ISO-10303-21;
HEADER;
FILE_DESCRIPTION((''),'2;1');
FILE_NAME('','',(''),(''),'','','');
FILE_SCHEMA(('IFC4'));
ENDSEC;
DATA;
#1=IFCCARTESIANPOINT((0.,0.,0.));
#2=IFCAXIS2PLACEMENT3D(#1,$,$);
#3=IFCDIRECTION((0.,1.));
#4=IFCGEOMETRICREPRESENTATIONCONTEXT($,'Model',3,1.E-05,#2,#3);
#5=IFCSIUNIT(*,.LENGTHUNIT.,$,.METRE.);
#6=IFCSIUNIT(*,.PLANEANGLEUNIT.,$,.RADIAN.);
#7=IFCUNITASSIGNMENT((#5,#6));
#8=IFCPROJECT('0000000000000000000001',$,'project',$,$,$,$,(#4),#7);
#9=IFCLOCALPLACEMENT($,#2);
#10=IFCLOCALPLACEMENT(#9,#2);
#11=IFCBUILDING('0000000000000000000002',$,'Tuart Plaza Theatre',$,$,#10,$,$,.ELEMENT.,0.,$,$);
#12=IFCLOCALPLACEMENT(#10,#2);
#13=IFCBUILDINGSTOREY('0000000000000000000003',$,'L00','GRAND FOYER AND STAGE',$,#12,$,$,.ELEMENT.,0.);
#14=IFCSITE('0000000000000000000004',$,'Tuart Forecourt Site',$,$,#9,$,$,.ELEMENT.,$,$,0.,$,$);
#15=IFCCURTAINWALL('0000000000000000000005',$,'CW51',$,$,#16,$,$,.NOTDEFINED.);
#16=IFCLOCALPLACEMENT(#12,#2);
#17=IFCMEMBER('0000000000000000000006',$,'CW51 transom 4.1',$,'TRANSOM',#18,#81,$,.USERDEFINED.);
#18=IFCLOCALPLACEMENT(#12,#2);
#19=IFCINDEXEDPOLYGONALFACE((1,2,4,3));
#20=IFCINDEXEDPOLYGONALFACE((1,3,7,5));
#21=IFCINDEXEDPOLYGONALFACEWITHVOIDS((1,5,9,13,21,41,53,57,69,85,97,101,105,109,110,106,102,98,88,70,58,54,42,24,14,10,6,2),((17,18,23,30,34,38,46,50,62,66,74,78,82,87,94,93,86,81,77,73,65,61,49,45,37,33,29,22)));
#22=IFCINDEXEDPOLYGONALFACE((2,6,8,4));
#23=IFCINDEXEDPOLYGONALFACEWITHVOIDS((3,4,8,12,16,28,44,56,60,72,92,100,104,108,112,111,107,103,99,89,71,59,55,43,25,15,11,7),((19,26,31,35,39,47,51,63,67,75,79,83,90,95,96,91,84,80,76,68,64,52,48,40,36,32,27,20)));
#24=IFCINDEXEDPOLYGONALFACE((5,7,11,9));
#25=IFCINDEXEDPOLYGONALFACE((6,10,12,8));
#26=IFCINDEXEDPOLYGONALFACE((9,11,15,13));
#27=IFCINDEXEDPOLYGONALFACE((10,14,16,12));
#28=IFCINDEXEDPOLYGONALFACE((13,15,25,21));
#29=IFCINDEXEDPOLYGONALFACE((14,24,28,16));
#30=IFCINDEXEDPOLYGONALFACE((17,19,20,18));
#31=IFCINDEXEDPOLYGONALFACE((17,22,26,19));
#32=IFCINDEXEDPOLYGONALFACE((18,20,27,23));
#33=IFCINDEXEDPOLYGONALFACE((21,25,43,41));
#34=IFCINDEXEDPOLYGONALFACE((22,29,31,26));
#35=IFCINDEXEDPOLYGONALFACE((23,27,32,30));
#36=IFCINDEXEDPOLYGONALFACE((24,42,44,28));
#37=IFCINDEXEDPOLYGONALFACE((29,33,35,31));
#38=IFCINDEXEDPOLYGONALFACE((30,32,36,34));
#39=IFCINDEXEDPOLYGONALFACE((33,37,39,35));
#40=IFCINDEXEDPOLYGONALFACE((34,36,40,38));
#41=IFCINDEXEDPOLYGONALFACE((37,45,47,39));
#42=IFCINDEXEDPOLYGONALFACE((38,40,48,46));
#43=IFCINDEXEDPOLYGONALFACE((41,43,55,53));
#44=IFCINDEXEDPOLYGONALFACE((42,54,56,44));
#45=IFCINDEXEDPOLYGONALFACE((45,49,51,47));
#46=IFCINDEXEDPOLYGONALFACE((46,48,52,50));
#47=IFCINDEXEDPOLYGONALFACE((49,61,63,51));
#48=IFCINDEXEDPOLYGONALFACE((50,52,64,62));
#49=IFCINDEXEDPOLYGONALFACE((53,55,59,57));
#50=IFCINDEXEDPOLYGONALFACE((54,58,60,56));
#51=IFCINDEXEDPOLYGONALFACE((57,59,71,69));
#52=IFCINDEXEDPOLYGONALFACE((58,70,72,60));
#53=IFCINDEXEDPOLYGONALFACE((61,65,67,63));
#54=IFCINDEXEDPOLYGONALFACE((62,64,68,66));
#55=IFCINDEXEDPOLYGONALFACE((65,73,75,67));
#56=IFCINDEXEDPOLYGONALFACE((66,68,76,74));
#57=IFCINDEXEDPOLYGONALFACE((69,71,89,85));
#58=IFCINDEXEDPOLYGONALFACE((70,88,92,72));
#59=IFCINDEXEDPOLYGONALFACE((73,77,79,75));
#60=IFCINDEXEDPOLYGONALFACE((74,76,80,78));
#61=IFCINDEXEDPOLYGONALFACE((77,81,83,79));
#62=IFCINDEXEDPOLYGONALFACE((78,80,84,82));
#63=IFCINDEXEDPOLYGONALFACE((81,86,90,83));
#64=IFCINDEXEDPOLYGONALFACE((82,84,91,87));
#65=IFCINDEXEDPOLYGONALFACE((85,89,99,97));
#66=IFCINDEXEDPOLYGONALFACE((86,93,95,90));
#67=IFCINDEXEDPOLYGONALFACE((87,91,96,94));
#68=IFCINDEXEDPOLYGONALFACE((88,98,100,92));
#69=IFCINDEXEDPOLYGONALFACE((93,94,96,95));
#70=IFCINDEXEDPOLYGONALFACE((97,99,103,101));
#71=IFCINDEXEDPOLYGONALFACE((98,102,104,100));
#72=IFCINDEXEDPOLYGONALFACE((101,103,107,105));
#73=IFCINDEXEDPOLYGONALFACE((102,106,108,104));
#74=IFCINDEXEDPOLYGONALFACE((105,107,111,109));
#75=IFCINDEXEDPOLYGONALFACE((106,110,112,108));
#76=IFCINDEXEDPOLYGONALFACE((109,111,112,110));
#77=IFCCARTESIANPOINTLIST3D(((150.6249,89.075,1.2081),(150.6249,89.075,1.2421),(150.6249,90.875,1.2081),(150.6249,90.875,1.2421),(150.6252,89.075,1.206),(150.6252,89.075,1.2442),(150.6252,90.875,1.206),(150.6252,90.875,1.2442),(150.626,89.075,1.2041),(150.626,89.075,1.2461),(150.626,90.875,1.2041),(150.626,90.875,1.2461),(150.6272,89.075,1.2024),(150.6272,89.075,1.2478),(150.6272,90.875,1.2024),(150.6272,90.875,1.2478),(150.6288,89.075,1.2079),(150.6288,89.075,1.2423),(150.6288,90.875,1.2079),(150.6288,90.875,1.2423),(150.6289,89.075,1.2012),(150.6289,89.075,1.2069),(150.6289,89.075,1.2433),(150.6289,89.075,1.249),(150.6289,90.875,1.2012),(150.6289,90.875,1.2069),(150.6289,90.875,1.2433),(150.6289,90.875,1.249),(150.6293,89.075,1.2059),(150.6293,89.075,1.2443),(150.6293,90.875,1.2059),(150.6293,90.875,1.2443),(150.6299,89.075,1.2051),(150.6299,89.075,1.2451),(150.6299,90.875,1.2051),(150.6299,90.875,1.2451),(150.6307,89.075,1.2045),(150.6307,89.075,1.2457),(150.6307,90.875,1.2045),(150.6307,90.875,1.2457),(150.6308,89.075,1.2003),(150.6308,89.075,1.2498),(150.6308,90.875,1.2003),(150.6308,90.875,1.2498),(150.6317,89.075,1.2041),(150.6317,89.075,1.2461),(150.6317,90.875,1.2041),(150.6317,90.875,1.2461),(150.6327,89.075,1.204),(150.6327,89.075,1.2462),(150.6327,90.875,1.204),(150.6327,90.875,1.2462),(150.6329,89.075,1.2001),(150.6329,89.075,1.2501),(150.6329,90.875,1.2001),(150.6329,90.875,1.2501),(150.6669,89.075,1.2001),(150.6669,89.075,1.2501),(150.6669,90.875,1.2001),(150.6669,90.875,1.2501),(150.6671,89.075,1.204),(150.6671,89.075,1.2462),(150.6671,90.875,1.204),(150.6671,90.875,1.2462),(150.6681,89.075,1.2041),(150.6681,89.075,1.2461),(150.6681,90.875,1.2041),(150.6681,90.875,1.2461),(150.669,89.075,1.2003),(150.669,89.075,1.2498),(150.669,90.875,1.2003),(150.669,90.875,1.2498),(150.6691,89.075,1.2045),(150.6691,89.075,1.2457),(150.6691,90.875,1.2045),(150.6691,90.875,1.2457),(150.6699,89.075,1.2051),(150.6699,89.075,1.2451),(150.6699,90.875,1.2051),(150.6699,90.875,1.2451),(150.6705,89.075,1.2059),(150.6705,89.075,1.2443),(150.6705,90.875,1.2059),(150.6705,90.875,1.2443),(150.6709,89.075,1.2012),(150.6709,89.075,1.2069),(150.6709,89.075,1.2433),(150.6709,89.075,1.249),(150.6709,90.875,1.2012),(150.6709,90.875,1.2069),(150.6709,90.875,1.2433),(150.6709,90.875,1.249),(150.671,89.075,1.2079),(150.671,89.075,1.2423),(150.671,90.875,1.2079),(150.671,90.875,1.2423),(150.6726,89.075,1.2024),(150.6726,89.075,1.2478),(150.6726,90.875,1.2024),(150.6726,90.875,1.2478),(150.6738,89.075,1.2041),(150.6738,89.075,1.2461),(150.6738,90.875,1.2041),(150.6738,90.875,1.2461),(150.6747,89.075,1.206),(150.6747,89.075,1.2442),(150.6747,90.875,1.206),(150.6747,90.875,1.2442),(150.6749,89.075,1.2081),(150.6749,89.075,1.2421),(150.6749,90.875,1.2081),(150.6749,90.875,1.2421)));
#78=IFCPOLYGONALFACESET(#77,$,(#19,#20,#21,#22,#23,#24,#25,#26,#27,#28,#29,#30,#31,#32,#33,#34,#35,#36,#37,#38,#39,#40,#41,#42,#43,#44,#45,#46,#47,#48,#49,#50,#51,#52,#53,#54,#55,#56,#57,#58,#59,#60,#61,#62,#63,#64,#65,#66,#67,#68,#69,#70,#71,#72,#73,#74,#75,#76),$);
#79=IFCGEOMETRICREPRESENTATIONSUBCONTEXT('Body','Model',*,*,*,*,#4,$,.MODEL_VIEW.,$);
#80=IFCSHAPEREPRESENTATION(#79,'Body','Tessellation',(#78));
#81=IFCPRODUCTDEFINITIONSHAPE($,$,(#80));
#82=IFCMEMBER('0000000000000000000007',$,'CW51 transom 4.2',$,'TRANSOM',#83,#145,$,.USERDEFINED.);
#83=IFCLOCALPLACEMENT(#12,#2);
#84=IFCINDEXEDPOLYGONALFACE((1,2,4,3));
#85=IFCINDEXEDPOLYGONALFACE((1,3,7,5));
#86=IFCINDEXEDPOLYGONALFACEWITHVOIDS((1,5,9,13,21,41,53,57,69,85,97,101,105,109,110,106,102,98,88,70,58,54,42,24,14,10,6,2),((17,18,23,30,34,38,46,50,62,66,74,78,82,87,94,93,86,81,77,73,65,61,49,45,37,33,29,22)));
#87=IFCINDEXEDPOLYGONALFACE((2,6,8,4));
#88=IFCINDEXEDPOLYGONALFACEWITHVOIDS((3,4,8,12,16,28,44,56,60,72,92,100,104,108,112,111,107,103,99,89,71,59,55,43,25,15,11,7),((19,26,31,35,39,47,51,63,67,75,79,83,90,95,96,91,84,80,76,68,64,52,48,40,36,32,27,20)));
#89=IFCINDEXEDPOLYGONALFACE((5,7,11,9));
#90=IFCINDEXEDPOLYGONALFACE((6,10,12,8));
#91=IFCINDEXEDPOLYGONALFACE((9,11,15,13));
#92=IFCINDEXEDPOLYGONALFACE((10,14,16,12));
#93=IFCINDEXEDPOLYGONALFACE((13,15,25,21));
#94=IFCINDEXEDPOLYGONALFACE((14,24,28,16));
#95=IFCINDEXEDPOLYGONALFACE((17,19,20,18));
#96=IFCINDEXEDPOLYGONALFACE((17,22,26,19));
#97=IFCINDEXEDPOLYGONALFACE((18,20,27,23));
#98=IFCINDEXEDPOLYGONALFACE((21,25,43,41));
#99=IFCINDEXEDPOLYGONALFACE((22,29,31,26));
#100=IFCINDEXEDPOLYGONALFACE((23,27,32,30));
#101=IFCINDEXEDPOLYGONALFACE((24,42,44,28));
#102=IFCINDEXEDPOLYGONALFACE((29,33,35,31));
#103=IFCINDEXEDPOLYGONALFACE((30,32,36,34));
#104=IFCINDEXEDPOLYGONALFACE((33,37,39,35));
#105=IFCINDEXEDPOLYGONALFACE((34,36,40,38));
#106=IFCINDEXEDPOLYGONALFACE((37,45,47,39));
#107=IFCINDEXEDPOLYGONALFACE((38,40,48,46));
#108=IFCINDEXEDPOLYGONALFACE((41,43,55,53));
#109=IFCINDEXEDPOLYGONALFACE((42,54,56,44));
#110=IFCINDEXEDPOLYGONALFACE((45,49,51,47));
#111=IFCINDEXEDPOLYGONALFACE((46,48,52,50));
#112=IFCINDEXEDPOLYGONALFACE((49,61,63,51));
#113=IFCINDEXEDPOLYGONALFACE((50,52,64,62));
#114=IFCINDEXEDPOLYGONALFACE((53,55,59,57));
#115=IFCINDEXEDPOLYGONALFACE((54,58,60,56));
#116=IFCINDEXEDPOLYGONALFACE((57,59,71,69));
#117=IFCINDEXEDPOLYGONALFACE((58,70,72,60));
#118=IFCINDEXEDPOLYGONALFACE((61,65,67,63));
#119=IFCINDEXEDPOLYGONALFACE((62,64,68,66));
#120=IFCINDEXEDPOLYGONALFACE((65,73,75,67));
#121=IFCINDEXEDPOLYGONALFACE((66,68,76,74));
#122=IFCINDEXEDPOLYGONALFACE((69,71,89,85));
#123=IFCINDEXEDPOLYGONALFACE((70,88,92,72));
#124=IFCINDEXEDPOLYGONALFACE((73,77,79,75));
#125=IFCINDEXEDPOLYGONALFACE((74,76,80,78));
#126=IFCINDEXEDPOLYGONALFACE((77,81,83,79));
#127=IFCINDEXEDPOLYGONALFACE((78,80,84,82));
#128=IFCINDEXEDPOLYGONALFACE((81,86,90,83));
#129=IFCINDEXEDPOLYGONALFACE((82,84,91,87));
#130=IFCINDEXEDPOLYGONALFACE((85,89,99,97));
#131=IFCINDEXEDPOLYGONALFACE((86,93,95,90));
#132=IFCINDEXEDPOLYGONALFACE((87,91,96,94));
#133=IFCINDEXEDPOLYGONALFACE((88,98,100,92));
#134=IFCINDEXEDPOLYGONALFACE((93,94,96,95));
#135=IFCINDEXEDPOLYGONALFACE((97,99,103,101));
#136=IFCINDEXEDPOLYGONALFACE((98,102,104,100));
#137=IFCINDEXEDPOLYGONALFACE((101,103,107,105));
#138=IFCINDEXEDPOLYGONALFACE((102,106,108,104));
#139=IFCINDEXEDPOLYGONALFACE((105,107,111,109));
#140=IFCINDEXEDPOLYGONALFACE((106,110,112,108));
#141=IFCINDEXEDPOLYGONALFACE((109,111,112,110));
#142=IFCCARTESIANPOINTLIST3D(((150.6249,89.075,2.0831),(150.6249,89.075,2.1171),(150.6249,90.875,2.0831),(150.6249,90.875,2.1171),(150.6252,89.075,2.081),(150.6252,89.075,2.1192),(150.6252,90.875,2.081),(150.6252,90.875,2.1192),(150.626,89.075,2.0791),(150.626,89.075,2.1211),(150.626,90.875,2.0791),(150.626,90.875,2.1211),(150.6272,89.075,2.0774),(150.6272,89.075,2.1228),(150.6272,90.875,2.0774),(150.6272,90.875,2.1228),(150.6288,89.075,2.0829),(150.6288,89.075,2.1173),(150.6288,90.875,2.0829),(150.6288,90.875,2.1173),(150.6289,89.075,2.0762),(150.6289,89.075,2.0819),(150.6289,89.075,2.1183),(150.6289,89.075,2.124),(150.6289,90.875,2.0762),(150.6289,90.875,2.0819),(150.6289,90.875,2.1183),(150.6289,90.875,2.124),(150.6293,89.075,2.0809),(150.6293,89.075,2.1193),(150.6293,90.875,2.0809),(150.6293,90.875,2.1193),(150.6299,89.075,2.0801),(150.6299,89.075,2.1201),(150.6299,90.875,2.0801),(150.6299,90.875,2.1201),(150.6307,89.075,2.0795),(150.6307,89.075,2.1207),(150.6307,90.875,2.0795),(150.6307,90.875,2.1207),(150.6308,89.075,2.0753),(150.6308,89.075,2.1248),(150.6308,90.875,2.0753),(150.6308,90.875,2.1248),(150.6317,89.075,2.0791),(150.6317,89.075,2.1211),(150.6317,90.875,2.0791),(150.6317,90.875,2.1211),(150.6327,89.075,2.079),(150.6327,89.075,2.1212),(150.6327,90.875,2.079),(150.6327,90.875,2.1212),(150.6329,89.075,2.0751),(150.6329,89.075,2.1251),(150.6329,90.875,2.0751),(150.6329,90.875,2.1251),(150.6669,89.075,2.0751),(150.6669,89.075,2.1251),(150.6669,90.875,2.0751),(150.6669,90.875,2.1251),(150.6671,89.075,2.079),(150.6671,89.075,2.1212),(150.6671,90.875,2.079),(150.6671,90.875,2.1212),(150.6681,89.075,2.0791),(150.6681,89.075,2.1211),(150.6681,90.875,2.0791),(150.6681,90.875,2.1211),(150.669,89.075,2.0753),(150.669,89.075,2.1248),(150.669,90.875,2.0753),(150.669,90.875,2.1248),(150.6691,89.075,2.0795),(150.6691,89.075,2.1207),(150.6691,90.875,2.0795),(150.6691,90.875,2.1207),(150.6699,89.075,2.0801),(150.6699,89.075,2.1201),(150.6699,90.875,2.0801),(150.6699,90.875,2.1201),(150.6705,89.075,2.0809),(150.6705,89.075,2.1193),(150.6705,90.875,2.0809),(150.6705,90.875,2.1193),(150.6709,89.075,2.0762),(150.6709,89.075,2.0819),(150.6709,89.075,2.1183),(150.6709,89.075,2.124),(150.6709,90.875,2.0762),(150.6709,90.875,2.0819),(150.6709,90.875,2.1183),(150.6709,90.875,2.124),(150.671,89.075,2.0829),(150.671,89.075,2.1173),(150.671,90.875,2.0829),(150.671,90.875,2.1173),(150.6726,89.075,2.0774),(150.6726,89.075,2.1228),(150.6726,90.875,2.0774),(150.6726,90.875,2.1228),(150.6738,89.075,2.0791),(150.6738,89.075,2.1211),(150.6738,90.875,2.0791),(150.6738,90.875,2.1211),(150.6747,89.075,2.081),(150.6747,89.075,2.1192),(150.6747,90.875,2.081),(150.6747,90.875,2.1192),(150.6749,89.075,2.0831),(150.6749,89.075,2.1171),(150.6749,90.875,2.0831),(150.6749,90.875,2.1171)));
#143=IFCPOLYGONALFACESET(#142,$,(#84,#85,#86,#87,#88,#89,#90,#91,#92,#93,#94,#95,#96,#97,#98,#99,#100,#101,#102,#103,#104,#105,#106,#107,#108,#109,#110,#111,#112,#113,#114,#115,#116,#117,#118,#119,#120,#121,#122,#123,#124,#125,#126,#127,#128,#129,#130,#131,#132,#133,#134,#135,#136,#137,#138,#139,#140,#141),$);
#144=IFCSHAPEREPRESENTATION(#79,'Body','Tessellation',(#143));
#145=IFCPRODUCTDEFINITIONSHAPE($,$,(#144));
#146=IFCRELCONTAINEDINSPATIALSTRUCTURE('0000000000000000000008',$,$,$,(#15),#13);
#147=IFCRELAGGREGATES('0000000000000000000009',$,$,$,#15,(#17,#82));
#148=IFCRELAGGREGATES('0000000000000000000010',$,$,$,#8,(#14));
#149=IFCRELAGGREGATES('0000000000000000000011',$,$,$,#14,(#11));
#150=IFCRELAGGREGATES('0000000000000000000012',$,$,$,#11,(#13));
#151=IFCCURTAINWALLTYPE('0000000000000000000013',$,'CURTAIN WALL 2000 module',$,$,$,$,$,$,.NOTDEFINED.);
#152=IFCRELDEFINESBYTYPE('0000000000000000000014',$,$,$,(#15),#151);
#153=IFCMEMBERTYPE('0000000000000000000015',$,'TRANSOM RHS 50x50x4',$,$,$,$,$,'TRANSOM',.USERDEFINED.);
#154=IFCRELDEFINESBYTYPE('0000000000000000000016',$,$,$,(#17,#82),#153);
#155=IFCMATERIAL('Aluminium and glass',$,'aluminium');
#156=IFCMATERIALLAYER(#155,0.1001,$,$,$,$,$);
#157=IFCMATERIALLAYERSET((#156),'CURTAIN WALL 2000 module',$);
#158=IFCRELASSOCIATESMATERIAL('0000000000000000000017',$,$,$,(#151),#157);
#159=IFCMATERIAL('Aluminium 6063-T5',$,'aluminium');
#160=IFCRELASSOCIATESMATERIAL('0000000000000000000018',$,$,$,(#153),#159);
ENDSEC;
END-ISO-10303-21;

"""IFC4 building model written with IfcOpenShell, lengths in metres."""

from ifc_helpers import new_model, si_unit, direction, frame, origin, origin_2d, place, context, subcontext, project, spatial, hollow_rectangle, extrude, material, layer, layer_set, material_profile, profile_set, type_object, element, aggregate, save


model = new_model("IFC4")

# Units and contexts
model_context = context("Model", 3, precision=1e-05, world=origin(), true_north=direction((0.0, 1.0)))
body_context = subcontext(model_context, "Body", "Model", "MODEL_VIEW")
ifc_project = project(units=[si_unit("LENGTHUNIT", "METRE"), si_unit("PLANEANGLEUNIT", "RADIAN")], contexts=[model_context])

# Site, building, storey
site_placement = place(None, origin())
site = spatial("IfcSite", under=ifc_project, at=site_placement, Name="Tuart Forecourt Site", CompositionType="ELEMENT", RefElevation=0.0)
building_placement = place(site_placement, origin())
building = spatial("IfcBuilding", under=site, at=building_placement, Name="Tuart Plaza Theatre", CompositionType="ELEMENT", ElevationOfRefHeight=0.0)
storey_placement = place(building_placement, origin())
storey = spatial("IfcBuildingStorey", under=building, at=storey_placement, Name="L00", Description="GRAND FOYER AND STAGE", CompositionType="ELEMENT", Elevation=0.0)

# Curtain wall
ifc_material_1 = material(Name="Aluminium and glass", Category="aluminium")
ifc_layer_1 = layer(ifc_material_1, 0.1001)
ifc_layer_set_1 = layer_set([ifc_layer_1], Name="CURTAIN WALL 2000 module")
curtain_wall_type_1 = type_object("IfcCurtainWallType", Name="CURTAIN WALL 2000 module", PredefinedType="NOTDEFINED", material=ifc_layer_set_1)
curtain_wall_1_placement = place(storey_placement, origin())
curtain_wall_1 = element("IfcCurtainWall", 1, at=curtain_wall_1_placement, inside=storey, type_object=curtain_wall_type_1, Name="CW51", PredefinedType="NOTDEFINED")

# Members
ifc_material_2 = material(Name="Aluminium 6063-T5", Category="aluminium")
ifc_material_profile_1 = material_profile(ifc_material_2, hollow_rectangle(XDim=0.05, YDim=0.05, WallThickness=0.0039, InnerFilletRadius=0.0039, OuterFilletRadius=0.0081, at=origin_2d()), Name="RHS 50x50x4")
ifc_profile_set_1 = profile_set([ifc_material_profile_1], Name="Aluminium 6063-T5")
member_type_1 = type_object("IfcMemberType", Name="TRANSOM RHS 50x50x4", ElementType="TRANSOM", PredefinedType="USERDEFINED", material=ifc_profile_set_1)
member_1_placement = place(storey_placement, frame((150.6499, 89.075, 1.2251), z_axis=(0.0, 1.0, 0.0), x_axis=(-1.0, 0.0, 0.0)))
member_1 = element("IfcMember", 2, at=member_1_placement, type_object=member_type_1, Name="CW51 transom 4.1", ObjectType="TRANSOM", PredefinedType="USERDEFINED", context=body_context, shape_type="SweptSolid", body=[
    extrude(hollow_rectangle(XDim=0.05, YDim=0.05, WallThickness=0.0039, InnerFilletRadius=0.0039, OuterFilletRadius=0.0081, at=origin_2d()), origin(), (0.0, 0.0, 1.0), 1.8),
])
member_2_placement = place(storey_placement, frame((150.6499, 89.075, 2.1001), z_axis=(0.0, 1.0, 0.0), x_axis=(-1.0, 0.0, 0.0)))
member_2 = element("IfcMember", 3, at=member_2_placement, type_object=member_type_1, Name="CW51 transom 4.2", ObjectType="TRANSOM", PredefinedType="USERDEFINED", context=body_context, shape_type="SweptSolid", body=[
    extrude(hollow_rectangle(XDim=0.05, YDim=0.05, WallThickness=0.0039, InnerFilletRadius=0.0039, OuterFilletRadius=0.0081, at=origin_2d()), origin(), (0.0, 0.0, 1.0), 1.8),
])

aggregate(curtain_wall_1, [member_1, member_2])

save(model, "model.ifc")
